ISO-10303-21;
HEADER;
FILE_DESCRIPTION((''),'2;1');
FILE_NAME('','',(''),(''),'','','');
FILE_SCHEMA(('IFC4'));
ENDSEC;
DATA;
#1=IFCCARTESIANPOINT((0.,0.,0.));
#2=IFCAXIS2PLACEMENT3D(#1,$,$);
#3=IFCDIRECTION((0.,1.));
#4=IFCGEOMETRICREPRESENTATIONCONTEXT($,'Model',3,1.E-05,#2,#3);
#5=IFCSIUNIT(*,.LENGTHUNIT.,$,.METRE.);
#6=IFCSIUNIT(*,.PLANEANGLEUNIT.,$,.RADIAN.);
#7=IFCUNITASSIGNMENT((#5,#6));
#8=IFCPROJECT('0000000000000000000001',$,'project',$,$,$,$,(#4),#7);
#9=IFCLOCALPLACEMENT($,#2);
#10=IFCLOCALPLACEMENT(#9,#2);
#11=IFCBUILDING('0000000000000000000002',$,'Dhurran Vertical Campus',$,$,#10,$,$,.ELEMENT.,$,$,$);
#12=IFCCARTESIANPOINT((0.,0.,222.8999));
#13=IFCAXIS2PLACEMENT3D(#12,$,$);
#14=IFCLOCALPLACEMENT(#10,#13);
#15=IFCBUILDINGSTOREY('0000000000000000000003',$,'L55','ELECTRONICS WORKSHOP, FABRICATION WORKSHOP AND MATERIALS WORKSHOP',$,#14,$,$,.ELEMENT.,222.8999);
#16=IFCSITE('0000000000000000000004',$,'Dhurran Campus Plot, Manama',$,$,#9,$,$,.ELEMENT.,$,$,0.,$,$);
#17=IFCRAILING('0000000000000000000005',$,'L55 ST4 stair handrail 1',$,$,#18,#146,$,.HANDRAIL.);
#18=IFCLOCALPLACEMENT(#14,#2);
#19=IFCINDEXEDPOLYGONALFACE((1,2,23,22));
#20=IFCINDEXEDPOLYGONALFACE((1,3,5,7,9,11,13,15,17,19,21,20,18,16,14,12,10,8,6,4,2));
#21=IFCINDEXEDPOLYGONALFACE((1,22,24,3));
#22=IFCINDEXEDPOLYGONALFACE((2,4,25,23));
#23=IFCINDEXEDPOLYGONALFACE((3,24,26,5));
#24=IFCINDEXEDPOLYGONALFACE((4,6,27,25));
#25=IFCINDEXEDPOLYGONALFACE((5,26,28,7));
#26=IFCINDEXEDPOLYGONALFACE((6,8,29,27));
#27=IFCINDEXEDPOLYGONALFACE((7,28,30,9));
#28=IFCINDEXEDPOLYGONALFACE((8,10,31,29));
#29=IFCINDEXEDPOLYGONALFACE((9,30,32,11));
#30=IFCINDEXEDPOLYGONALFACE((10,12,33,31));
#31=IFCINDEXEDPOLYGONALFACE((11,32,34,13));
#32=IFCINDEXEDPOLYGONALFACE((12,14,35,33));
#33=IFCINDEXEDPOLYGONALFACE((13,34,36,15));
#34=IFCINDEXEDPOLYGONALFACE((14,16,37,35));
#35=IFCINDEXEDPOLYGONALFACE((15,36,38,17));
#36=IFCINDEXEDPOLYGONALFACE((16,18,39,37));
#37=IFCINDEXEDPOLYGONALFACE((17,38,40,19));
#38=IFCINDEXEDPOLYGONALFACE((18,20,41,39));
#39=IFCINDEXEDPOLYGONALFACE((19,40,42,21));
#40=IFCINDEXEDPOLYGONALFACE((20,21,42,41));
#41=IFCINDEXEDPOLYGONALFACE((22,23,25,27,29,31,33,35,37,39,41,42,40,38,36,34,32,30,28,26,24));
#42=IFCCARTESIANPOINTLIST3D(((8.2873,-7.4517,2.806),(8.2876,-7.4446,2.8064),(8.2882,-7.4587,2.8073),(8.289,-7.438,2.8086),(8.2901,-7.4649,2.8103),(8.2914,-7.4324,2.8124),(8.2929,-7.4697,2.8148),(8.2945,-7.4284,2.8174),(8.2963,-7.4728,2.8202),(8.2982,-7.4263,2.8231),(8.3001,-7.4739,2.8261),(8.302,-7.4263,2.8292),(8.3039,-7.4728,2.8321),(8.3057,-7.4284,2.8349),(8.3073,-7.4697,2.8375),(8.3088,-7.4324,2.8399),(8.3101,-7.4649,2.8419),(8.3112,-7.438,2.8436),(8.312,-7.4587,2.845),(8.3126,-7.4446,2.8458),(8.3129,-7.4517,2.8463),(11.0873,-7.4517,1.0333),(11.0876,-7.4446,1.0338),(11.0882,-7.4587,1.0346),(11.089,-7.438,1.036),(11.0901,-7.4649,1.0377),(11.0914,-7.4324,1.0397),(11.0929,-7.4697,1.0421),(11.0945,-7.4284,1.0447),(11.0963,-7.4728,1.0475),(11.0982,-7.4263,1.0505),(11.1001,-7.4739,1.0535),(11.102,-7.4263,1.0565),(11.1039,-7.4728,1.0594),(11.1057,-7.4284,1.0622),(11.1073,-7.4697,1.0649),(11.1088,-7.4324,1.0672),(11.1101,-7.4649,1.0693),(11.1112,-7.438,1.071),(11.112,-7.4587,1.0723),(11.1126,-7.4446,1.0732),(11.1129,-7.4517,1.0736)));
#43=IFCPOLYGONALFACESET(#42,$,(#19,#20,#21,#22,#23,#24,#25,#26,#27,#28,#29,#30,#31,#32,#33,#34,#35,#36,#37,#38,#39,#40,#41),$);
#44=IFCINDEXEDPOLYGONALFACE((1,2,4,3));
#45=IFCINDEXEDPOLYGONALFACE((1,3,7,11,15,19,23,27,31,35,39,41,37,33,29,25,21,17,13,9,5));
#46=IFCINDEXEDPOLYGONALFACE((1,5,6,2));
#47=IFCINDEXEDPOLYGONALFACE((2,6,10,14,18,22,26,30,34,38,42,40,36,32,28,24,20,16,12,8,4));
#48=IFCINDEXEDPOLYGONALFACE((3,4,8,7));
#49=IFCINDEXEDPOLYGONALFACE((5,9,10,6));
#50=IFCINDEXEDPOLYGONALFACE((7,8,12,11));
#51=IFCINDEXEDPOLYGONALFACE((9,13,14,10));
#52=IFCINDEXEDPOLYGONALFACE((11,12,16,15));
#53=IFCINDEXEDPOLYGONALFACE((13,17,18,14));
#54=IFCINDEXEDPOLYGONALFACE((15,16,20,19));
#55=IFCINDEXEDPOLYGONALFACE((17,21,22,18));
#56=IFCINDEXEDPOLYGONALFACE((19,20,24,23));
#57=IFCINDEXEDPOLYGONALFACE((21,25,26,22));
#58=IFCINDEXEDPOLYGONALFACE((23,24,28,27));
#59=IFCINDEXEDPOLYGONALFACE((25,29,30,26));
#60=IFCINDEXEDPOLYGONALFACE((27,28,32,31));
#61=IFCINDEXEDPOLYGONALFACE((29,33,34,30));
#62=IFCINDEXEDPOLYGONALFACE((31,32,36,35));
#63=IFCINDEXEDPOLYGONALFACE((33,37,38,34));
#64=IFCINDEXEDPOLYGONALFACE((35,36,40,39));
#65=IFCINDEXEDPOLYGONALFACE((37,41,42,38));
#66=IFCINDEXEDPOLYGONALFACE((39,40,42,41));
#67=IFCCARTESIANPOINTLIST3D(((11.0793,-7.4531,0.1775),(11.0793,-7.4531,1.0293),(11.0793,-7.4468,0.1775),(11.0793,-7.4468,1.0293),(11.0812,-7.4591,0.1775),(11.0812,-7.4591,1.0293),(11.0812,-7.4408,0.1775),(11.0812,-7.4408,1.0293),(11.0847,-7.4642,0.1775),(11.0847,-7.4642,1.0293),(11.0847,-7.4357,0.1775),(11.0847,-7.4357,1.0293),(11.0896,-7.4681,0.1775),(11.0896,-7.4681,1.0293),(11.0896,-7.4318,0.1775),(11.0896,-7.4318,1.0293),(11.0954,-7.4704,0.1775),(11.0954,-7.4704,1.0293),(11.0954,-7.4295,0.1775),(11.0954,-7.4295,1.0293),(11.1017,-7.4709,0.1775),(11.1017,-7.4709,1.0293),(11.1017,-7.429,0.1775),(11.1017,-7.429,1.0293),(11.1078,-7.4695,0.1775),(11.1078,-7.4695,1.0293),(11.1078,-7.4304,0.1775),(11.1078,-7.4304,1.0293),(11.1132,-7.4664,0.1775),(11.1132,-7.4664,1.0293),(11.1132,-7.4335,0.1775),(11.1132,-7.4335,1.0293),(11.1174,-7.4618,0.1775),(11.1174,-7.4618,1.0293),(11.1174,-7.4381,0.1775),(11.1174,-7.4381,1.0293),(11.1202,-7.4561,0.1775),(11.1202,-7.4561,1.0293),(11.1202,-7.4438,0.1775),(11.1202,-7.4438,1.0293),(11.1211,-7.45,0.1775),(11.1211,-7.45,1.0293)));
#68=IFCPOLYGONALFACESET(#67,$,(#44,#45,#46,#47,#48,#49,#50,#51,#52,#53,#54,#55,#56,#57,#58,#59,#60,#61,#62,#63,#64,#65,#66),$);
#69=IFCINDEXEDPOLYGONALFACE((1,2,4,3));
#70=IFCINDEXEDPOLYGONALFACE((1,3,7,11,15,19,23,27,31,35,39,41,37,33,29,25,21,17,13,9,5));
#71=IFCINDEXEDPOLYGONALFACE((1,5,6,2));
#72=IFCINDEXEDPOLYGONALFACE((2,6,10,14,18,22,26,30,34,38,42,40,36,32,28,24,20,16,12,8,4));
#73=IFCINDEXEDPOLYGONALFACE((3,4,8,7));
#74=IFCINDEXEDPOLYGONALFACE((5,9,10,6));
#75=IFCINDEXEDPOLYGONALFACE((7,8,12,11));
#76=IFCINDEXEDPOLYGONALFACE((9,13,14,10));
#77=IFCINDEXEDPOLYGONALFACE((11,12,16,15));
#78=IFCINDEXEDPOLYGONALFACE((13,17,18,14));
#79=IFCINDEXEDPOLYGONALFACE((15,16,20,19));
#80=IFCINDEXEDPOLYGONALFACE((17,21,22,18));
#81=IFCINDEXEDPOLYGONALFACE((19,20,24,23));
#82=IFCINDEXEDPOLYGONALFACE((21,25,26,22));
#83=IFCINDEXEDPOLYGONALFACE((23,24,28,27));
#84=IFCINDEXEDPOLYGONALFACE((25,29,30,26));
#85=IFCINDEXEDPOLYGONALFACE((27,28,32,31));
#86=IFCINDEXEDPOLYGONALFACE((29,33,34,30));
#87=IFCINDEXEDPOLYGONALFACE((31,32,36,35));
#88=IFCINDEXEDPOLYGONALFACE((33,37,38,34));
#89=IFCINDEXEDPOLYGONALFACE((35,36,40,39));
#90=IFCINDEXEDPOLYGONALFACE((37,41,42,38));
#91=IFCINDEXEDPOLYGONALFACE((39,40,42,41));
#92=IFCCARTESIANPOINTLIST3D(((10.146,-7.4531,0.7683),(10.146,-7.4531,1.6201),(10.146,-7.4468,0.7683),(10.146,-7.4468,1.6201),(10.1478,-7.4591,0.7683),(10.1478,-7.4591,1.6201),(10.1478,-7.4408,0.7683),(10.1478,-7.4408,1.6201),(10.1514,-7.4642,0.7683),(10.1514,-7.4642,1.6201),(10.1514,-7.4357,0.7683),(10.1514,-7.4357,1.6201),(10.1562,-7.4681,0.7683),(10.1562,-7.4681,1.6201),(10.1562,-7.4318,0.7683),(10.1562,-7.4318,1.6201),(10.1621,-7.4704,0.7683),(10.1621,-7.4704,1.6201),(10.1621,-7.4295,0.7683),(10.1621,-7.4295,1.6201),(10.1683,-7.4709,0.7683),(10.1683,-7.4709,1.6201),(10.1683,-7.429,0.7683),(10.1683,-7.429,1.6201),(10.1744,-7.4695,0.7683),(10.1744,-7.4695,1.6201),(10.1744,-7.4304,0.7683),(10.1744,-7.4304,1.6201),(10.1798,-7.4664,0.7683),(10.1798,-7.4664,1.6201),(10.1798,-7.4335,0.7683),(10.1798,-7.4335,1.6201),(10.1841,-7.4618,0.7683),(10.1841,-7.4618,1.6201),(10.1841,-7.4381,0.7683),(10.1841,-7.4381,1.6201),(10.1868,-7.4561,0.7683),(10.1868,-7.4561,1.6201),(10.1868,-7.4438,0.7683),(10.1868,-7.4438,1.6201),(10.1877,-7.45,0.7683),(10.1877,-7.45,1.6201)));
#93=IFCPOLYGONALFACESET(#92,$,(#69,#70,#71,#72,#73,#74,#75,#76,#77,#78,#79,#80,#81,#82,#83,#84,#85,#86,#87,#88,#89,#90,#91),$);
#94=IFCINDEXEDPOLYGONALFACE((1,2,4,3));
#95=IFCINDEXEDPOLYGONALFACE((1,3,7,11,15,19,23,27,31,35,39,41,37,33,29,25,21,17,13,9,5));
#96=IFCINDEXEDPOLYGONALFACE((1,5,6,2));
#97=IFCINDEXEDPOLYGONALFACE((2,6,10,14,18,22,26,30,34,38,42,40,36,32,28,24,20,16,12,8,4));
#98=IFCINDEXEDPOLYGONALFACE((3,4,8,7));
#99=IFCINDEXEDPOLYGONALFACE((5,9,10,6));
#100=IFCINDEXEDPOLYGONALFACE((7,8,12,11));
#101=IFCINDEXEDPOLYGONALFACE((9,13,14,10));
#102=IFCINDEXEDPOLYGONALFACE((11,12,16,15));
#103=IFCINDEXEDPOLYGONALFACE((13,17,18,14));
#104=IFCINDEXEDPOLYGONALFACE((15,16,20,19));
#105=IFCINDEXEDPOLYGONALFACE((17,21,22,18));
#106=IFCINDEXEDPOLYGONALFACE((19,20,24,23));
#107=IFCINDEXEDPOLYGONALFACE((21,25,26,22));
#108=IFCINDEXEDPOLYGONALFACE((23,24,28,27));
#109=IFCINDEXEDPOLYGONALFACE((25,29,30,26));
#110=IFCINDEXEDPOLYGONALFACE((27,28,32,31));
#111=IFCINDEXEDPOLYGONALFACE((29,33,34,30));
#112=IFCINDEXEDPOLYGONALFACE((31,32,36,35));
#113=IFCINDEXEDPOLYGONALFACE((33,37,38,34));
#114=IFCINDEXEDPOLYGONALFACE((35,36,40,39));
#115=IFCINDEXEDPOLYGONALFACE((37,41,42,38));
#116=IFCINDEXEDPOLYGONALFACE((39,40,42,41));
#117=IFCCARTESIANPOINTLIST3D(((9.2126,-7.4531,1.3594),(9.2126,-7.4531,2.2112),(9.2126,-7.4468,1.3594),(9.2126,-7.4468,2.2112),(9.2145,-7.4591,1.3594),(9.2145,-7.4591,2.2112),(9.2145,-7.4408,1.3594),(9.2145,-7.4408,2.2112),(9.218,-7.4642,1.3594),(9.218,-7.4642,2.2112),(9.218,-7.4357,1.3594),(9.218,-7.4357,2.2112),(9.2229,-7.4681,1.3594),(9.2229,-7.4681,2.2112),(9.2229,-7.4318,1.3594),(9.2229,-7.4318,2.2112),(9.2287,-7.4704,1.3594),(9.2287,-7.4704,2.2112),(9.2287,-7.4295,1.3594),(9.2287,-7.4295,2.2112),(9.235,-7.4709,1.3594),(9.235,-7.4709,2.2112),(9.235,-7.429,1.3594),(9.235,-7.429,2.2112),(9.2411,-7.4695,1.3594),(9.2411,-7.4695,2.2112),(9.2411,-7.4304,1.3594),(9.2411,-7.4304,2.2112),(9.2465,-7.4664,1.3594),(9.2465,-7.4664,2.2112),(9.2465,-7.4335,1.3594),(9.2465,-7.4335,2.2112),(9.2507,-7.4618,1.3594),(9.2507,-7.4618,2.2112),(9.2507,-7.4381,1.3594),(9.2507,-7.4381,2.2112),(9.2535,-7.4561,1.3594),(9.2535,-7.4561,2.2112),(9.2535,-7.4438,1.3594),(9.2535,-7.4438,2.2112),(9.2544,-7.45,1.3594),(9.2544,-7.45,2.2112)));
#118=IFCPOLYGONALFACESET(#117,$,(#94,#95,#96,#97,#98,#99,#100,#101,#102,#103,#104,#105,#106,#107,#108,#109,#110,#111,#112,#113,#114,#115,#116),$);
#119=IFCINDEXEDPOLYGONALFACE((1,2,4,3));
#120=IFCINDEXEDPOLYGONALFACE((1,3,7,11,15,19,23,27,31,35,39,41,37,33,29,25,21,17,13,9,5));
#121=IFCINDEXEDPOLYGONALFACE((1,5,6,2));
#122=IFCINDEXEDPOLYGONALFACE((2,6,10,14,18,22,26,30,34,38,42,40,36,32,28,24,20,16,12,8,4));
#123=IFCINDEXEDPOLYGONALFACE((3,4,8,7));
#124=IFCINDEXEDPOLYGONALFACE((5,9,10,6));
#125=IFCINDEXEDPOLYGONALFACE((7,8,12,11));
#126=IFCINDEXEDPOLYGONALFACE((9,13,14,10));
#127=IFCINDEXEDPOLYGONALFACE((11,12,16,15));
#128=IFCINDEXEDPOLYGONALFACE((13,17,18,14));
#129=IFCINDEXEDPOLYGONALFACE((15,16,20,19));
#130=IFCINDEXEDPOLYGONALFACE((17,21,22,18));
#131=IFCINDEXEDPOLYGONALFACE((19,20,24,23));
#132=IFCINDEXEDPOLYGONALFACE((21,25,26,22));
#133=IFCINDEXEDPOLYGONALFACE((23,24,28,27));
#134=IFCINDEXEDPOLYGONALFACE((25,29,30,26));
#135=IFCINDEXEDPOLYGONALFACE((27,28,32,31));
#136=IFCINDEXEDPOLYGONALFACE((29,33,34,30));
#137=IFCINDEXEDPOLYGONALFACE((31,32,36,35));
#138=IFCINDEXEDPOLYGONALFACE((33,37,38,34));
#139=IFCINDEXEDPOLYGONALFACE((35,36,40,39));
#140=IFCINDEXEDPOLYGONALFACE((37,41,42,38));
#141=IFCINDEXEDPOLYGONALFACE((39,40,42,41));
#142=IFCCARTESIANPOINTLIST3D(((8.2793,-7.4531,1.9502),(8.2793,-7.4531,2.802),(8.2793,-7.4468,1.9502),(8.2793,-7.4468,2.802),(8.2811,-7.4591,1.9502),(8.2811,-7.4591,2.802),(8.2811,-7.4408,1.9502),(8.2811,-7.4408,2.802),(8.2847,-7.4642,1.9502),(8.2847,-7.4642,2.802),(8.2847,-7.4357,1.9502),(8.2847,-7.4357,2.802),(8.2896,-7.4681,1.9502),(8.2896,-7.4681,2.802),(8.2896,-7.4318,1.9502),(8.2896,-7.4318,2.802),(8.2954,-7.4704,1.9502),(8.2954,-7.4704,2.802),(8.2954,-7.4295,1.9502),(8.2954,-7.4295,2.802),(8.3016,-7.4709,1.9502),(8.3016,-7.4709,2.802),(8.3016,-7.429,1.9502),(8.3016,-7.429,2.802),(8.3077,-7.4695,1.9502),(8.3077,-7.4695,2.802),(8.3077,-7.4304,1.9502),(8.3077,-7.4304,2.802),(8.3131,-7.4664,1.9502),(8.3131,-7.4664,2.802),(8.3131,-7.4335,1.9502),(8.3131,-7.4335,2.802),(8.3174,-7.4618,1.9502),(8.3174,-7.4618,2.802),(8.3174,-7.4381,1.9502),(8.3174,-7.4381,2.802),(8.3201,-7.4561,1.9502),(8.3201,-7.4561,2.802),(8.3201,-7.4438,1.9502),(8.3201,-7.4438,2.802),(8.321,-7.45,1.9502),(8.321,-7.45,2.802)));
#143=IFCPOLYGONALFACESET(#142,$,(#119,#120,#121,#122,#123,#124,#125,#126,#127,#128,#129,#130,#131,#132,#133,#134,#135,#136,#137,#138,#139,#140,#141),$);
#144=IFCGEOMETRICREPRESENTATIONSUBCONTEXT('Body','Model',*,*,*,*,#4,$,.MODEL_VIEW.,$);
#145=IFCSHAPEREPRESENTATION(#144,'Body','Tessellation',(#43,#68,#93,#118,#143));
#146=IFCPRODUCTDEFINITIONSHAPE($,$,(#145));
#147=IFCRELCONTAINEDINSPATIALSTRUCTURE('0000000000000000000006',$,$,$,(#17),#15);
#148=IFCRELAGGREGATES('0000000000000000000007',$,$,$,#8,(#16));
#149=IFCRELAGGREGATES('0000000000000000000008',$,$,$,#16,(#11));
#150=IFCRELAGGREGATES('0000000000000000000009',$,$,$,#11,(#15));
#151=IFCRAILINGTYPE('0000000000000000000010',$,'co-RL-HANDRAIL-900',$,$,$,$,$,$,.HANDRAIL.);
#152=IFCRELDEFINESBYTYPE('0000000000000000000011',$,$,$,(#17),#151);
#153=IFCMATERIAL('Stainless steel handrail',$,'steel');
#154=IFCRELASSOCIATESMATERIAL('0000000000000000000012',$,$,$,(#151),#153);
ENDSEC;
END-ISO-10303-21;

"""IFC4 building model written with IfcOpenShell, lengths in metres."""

from ifc_helpers import new_model, si_unit, direction, frame, origin, origin_2d, place, context, subcontext, project, spatial, circle, extrude, material, type_object, element, save


model = new_model("IFC4")

# Units and contexts
model_context = context("Model", 3, precision=1e-05, world=origin(), true_north=direction((0.0, 1.0)))
body_context = subcontext(model_context, "Body", "Model", "MODEL_VIEW")
ifc_project = project(units=[si_unit("LENGTHUNIT", "METRE"), si_unit("PLANEANGLEUNIT", "RADIAN")], contexts=[model_context])

# Site, building, storey
site_placement = place(None, origin())
site = spatial("IfcSite", under=ifc_project, at=site_placement, Name="Dhurran Campus Plot, Manama", CompositionType="ELEMENT", RefElevation=0.0)
building_placement = place(site_placement, origin())
building = spatial("IfcBuilding", under=site, at=building_placement, Name="Dhurran Vertical Campus", CompositionType="ELEMENT")
storey_placement = place(building_placement, frame((0.0, 0.0, 222.8999)))
storey = spatial("IfcBuildingStorey", under=building, at=storey_placement, Name="L55", Description="ELECTRONICS WORKSHOP, FABRICATION WORKSHOP AND MATERIALS WORKSHOP", CompositionType="ELEMENT", Elevation=222.8999)

# Railing
ifc_material_1 = material(Name="Stainless steel handrail", Category="steel")
railing_type_1 = type_object("IfcRailingType", Name="co-RL-HANDRAIL-900", PredefinedType="HANDRAIL", material=ifc_material_1)
railing_1_placement = place(storey_placement, frame((11.1001, -7.45, 0.1775)))
element("IfcRailing", 1, at=railing_1_placement, inside=storey, type_object=railing_type_1, Name="L55 ST4 stair handrail 1", PredefinedType="HANDRAIL", context=body_context, shape_type="SweptSolid", body=[
    extrude(circle(Radius=0.0239, at=origin_2d()), frame((0.0, 0.0, 0.876), z_axis=(-0.844909, 0.0, 0.53491), x_axis=(0.0, -1.0, 0.0)), (0.0, 0.0, 1.0), 3.314),
    extrude(circle(Radius=0.021, at=origin_2d()), origin(), (0.0, 0.0, 1.0), 0.8518),
    extrude(circle(Radius=0.021, at=origin_2d()), frame((-0.9333, 0.0, 0.5908)), (0.0, 0.0, 1.0), 0.8518),
    extrude(circle(Radius=0.021, at=origin_2d()), frame((-1.8667, 0.0, 1.1819)), (0.0, 0.0, 1.0), 0.8518),
    extrude(circle(Radius=0.021, at=origin_2d()), frame((-2.8, 0.0, 1.7727)), (0.0, 0.0, 1.0), 0.8518),
])

save(model, "model.ifc")
